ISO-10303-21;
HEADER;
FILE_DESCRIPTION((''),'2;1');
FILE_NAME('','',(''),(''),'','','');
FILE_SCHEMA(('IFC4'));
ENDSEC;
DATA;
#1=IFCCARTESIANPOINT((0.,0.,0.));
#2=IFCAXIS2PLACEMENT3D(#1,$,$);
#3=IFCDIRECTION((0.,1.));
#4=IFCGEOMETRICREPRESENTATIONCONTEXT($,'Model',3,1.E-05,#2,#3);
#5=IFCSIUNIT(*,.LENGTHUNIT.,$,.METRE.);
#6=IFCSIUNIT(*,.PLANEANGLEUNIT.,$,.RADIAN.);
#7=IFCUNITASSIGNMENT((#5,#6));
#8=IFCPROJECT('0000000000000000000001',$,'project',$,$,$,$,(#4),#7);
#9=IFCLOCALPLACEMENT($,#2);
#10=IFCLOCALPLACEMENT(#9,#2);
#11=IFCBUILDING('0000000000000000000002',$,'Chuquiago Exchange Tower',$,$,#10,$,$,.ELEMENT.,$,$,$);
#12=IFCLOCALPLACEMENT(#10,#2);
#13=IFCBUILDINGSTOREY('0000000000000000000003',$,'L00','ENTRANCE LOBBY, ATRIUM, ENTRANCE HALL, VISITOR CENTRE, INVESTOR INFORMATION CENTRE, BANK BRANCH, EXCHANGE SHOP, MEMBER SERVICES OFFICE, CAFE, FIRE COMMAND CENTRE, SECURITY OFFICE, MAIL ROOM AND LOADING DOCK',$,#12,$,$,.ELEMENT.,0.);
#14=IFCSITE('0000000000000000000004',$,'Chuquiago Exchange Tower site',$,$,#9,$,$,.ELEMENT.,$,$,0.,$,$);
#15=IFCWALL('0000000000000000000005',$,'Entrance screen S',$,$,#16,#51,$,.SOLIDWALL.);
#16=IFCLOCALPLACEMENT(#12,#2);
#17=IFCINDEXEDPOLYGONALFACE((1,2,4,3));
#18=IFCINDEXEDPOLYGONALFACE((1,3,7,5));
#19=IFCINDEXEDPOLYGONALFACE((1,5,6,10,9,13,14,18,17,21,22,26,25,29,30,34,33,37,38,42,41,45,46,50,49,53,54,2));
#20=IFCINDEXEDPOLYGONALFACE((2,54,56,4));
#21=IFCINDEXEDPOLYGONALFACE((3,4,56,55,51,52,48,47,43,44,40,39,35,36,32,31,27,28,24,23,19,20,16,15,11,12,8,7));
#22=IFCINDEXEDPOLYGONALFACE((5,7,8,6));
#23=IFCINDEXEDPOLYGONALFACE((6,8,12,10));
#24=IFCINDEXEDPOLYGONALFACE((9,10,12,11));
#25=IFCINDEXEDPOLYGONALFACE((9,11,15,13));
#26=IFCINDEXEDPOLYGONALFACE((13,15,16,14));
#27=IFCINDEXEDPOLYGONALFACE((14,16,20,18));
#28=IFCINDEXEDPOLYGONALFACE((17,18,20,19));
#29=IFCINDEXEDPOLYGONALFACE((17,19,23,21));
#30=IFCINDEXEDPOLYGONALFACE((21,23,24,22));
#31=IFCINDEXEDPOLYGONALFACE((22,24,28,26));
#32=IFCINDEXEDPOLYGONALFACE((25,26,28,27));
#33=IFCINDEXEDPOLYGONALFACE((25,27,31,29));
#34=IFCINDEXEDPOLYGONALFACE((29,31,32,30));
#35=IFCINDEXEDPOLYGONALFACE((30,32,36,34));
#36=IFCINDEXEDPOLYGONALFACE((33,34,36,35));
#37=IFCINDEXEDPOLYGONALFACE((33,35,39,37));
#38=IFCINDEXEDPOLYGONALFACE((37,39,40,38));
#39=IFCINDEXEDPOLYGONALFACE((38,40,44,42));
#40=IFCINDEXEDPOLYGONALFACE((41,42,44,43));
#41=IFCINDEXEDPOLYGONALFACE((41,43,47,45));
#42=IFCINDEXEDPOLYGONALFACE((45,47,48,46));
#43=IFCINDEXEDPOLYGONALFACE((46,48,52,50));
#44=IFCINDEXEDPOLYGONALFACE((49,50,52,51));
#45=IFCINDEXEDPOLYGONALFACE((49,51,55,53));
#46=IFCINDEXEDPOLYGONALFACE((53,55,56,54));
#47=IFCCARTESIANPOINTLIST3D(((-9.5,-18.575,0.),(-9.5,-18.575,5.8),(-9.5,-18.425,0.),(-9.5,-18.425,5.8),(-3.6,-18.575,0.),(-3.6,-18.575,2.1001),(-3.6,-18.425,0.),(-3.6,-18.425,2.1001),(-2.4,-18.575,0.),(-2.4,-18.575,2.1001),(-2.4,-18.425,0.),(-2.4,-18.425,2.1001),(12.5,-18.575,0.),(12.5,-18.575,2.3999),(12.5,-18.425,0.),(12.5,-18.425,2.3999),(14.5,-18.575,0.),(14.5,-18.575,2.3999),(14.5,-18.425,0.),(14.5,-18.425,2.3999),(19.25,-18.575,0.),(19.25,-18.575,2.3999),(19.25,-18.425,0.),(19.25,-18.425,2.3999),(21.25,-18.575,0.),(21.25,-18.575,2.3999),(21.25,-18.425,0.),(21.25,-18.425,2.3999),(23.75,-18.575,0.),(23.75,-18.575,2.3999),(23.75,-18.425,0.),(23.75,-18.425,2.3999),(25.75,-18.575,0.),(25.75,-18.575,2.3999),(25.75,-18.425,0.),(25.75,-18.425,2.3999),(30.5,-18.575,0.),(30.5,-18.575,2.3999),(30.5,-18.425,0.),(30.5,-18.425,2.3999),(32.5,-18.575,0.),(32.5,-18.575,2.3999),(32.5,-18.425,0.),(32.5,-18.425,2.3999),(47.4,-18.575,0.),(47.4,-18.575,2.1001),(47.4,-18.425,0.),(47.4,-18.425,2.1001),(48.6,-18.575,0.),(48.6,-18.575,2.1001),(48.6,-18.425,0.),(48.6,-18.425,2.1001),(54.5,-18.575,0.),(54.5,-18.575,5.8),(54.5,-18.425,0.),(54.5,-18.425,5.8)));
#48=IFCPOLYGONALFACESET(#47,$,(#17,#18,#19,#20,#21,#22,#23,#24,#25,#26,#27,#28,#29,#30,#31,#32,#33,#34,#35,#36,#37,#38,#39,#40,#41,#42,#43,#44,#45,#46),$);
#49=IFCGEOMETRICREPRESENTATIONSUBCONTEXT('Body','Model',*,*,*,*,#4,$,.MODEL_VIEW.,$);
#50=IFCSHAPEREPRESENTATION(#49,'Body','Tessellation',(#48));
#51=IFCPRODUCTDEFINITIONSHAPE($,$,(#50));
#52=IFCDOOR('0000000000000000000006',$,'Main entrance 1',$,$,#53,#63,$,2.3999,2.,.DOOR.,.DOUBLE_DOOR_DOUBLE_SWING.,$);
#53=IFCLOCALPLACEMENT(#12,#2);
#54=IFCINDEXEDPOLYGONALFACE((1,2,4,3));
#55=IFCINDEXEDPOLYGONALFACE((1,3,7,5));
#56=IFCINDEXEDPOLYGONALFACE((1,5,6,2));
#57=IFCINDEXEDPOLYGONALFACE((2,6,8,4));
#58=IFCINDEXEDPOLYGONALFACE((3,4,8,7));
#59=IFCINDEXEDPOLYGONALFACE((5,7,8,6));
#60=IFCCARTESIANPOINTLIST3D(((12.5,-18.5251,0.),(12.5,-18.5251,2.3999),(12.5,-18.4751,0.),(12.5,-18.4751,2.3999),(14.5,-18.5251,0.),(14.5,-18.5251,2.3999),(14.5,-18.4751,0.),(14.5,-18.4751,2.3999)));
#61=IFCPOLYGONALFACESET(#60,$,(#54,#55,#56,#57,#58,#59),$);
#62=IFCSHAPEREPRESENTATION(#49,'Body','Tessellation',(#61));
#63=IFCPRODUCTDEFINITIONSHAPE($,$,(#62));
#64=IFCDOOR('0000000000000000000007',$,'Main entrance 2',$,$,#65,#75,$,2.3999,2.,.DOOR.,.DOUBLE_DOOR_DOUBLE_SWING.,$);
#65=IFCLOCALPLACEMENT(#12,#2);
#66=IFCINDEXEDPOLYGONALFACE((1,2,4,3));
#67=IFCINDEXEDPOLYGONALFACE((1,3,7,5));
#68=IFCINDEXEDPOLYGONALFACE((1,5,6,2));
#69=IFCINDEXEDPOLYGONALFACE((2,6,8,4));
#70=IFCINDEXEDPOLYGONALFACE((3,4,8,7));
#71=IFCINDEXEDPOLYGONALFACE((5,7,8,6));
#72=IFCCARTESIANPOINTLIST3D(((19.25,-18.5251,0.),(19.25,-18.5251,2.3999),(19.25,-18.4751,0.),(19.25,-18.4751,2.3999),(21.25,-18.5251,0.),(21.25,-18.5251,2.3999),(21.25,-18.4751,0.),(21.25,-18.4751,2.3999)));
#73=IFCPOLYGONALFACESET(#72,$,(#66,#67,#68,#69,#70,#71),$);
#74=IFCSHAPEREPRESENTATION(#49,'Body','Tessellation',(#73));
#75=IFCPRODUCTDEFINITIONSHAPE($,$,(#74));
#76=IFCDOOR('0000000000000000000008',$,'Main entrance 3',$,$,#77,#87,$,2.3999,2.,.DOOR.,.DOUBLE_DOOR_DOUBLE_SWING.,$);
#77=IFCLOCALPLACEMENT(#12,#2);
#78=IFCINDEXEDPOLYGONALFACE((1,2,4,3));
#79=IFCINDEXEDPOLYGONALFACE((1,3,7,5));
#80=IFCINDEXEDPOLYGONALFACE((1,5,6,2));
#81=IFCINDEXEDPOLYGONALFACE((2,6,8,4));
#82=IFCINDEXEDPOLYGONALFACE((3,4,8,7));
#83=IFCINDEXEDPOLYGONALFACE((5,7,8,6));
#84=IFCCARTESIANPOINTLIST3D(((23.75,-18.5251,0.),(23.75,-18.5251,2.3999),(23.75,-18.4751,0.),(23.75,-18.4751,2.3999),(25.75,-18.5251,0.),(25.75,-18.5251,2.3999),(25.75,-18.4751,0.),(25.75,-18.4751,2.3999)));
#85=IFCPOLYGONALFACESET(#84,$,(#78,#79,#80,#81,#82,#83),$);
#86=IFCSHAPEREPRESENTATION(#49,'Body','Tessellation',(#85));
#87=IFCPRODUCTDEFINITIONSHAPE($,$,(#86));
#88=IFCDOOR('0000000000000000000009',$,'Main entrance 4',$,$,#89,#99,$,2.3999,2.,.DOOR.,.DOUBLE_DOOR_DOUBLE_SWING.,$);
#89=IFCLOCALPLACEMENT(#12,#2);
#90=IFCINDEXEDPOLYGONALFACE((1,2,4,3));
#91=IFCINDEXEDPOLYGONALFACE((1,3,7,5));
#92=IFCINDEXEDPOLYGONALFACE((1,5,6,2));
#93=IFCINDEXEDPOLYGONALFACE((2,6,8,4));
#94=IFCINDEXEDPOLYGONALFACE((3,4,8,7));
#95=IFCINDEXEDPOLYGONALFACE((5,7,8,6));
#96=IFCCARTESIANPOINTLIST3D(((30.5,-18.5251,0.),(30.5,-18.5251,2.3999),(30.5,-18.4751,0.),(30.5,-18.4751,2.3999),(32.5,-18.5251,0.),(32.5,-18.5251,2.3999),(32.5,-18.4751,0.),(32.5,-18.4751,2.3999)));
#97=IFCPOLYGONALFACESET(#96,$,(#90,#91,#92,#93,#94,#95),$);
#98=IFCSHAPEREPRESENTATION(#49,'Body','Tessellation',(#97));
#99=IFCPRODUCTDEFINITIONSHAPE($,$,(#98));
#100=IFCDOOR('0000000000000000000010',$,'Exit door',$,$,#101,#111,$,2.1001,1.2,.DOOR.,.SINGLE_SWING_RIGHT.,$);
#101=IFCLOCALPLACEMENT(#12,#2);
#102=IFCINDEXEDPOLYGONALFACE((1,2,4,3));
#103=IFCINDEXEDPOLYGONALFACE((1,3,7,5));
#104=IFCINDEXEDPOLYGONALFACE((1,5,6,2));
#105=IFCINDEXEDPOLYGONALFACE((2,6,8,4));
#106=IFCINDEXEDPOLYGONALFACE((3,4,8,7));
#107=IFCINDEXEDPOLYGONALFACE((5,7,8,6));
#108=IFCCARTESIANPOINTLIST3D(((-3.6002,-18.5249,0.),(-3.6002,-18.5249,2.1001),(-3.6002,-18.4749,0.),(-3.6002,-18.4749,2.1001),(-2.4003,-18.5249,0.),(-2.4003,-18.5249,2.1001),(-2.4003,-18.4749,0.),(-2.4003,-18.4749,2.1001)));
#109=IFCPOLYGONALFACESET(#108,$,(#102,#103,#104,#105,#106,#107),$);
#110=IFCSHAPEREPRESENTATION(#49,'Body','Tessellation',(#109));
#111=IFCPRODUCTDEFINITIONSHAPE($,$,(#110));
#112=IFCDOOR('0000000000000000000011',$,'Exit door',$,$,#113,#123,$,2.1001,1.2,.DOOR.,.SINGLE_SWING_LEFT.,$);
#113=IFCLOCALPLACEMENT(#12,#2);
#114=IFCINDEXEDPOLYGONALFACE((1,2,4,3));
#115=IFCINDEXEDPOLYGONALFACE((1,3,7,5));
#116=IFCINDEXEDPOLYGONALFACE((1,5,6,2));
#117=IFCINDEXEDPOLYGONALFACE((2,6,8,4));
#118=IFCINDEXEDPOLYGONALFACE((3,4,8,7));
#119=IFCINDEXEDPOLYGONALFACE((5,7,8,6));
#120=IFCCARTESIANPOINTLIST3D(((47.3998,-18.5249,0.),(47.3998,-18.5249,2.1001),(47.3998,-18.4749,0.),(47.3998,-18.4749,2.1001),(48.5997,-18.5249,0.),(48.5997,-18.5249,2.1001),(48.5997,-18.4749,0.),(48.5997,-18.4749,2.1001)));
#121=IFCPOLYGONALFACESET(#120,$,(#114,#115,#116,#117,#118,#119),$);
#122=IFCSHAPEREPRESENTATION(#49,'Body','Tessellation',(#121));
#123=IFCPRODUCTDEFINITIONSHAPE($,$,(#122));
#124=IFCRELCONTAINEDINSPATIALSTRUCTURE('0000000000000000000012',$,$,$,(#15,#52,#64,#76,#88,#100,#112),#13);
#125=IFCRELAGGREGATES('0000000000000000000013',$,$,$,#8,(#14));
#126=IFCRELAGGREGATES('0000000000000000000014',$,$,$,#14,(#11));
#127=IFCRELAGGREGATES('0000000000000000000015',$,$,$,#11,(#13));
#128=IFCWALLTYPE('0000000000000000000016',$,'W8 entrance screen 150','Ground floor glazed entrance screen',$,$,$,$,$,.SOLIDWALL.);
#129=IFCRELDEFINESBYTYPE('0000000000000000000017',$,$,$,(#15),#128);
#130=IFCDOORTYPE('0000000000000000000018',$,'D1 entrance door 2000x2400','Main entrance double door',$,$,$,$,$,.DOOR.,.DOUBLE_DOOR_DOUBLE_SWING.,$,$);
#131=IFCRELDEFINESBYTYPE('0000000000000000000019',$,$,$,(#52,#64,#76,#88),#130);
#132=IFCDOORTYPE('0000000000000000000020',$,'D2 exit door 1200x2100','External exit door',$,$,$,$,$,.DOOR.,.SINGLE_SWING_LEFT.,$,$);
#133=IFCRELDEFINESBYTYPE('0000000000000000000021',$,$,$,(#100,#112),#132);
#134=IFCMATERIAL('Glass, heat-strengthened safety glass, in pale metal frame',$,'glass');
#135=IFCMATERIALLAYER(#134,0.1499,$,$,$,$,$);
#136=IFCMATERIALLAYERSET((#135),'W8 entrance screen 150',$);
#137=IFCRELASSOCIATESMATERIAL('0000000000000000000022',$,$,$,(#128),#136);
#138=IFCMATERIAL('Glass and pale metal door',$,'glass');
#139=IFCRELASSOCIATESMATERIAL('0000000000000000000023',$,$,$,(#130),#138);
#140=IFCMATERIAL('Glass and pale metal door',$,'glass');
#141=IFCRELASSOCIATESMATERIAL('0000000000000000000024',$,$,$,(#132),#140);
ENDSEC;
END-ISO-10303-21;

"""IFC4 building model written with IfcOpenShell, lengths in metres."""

from ifc_helpers import new_model, si_unit, direction, frame, frame_2d, origin, place, context, subcontext, project, spatial, rectangle, extrude, material, layer, layer_set, type_object, element, fill, save


model = new_model("IFC4")

# Units and contexts
model_context = context("Model", 3, precision=1e-05, world=origin(), true_north=direction((0.0, 1.0)))
body_context = subcontext(model_context, "Body", "Model", "MODEL_VIEW")
ifc_project = project(units=[si_unit("LENGTHUNIT", "METRE"), si_unit("PLANEANGLEUNIT", "RADIAN")], contexts=[model_context])

# Site, building, storey
site_placement = place(None, origin())
site = spatial("IfcSite", under=ifc_project, at=site_placement, Name="Chuquiago Exchange Tower site", CompositionType="ELEMENT", RefElevation=0.0)
building_placement = place(site_placement, origin())
building = spatial("IfcBuilding", under=site, at=building_placement, Name="Chuquiago Exchange Tower", CompositionType="ELEMENT")
storey_placement = place(building_placement, origin())
storey = spatial("IfcBuildingStorey", under=building, at=storey_placement, Name="L00", Description="ENTRANCE LOBBY, ATRIUM, ENTRANCE HALL, VISITOR CENTRE, INVESTOR INFORMATION CENTRE, BANK BRANCH, EXCHANGE SHOP, MEMBER SERVICES OFFICE, CAFE, FIRE COMMAND CENTRE, SECURITY OFFICE, MAIL ROOM AND LOADING DOCK", CompositionType="ELEMENT", Elevation=0.0)

# Wall, openings, doors
ifc_material_1 = material(Name="Glass, heat-strengthened safety glass, in pale metal frame", Category="glass")
ifc_layer_1 = layer(ifc_material_1, 0.1499)
ifc_layer_set_1 = layer_set([ifc_layer_1], Name="W8 entrance screen 150")
wall_type_1 = type_object("IfcWallType", Name="W8 entrance screen 150", Description="Ground floor glazed entrance screen", PredefinedType="SOLIDWALL", material=ifc_layer_set_1)
wall_1_placement = place(storey_placement, frame((-9.5, -18.5, 0.0), z_axis=(0.0, 0.0, 1.0), x_axis=(1.0, 0.0, 0.0)))
wall_1 = element("IfcWall", 1, at=wall_1_placement, inside=storey, type_object=wall_type_1, Name="Entrance screen S", PredefinedType="SOLIDWALL", context=body_context, shape_type="SweptSolid", body=[
    extrude(rectangle(XDim=64.0, YDim=0.1499, at=frame_2d((32.0, 0.0))), origin(), (0.0, 0.0, 1.0), 5.8),
])
opening_1_placement = place(wall_1_placement, frame((22.0, 0.0, 0.0)))
opening_1 = element("IfcOpeningElement", 2, at=opening_1_placement, cuts=wall_1, PredefinedType="OPENING", context=body_context, shape_type="SweptSolid", body=[
    extrude(rectangle(XDim=2.0, YDim=2.3999, at=frame_2d((1.0, 1.2))), frame((0.0, 0.085, 0.0), z_axis=(0.0, -1.0, 0.0), x_axis=(1.0, 0.0, 0.0)), (0.0, 0.0, 1.0), 0.1699),
])
opening_2_placement = place(wall_1_placement, frame((28.75, 0.0, 0.0)))
opening_2 = element("IfcOpeningElement", 3, at=opening_2_placement, cuts=wall_1, PredefinedType="OPENING", context=body_context, shape_type="SweptSolid", body=[
    extrude(rectangle(XDim=2.0, YDim=2.3999, at=frame_2d((1.0, 1.2))), frame((0.0, 0.085, 0.0), z_axis=(0.0, -1.0, 0.0), x_axis=(1.0, 0.0, 0.0)), (0.0, 0.0, 1.0), 0.1699),
])
opening_3_placement = place(wall_1_placement, frame((33.25, 0.0, 0.0)))
opening_3 = element("IfcOpeningElement", 4, at=opening_3_placement, cuts=wall_1, PredefinedType="OPENING", context=body_context, shape_type="SweptSolid", body=[
    extrude(rectangle(XDim=2.0, YDim=2.3999, at=frame_2d((1.0, 1.2))), frame((0.0, 0.085, 0.0), z_axis=(0.0, -1.0, 0.0), x_axis=(1.0, 0.0, 0.0)), (0.0, 0.0, 1.0), 0.1699),
])
opening_4_placement = place(wall_1_placement, frame((40.0, 0.0, 0.0)))
opening_4 = element("IfcOpeningElement", 5, at=opening_4_placement, cuts=wall_1, PredefinedType="OPENING", context=body_context, shape_type="SweptSolid", body=[
    extrude(rectangle(XDim=2.0, YDim=2.3999, at=frame_2d((1.0, 1.2))), frame((0.0, 0.085, 0.0), z_axis=(0.0, -1.0, 0.0), x_axis=(1.0, 0.0, 0.0)), (0.0, 0.0, 1.0), 0.1699),
])
opening_5_placement = place(wall_1_placement, frame((5.8999, 0.0, 0.0)))
opening_5 = element("IfcOpeningElement", 6, at=opening_5_placement, cuts=wall_1, PredefinedType="OPENING", context=body_context, shape_type="SweptSolid", body=[
    extrude(rectangle(XDim=1.2, YDim=2.1001, at=frame_2d((0.6001, 1.05))), frame((0.0, 0.085, 0.0), z_axis=(0.0, -1.0, 0.0), x_axis=(1.0, 0.0, 0.0)), (0.0, 0.0, 1.0), 0.1699),
])
opening_6_placement = place(wall_1_placement, frame((56.8999, 0.0, 0.0)))
opening_6 = element("IfcOpeningElement", 7, at=opening_6_placement, cuts=wall_1, PredefinedType="OPENING", context=body_context, shape_type="SweptSolid", body=[
    extrude(rectangle(XDim=1.2, YDim=2.1001, at=frame_2d((0.6001, 1.05))), frame((0.0, 0.085, 0.0), z_axis=(0.0, -1.0, 0.0), x_axis=(1.0, 0.0, 0.0)), (0.0, 0.0, 1.0), 0.1699),
])
ifc_material_2 = material(Name="Glass and pale metal door", Category="glass")
door_type_1 = type_object("IfcDoorType", Name="D1 entrance door 2000x2400", Description="Main entrance double door", OperationType="DOUBLE_DOOR_DOUBLE_SWING", PredefinedType="DOOR", material=ifc_material_2)
door_1_placement = place(opening_1_placement, origin())
door_1 = element("IfcDoor", 8, at=door_1_placement, inside=storey, type_object=door_type_1, Name="Main entrance 1", OperationType="DOUBLE_DOOR_DOUBLE_SWING", OverallHeight=2.3999, OverallWidth=2.0, PredefinedType="DOOR", context=body_context, shape_type="SweptSolid", body=[
    extrude(rectangle(XDim=2.0, YDim=2.3999, at=frame_2d((1.0, 1.2))), frame((0.0, 0.0249, 0.0), z_axis=(0.0, -1.0, 0.0), x_axis=(1.0, 0.0, 0.0)), (0.0, 0.0, 1.0), 0.05),
])
fill(opening_1, door_1)
door_2_placement = place(opening_2_placement, origin())
door_2 = element("IfcDoor", 9, at=door_2_placement, inside=storey, type_object=door_type_1, Name="Main entrance 2", OperationType="DOUBLE_DOOR_DOUBLE_SWING", OverallHeight=2.3999, OverallWidth=2.0, PredefinedType="DOOR", context=body_context, shape_type="SweptSolid", body=[
    extrude(rectangle(XDim=2.0, YDim=2.3999, at=frame_2d((1.0, 1.2))), frame((0.0, 0.0249, 0.0), z_axis=(0.0, -1.0, 0.0), x_axis=(1.0, 0.0, 0.0)), (0.0, 0.0, 1.0), 0.05),
])
fill(opening_2, door_2)
door_3_placement = place(opening_3_placement, origin())
door_3 = element("IfcDoor", 10, at=door_3_placement, inside=storey, type_object=door_type_1, Name="Main entrance 3", OperationType="DOUBLE_DOOR_DOUBLE_SWING", OverallHeight=2.3999, OverallWidth=2.0, PredefinedType="DOOR", context=body_context, shape_type="SweptSolid", body=[
    extrude(rectangle(XDim=2.0, YDim=2.3999, at=frame_2d((1.0, 1.2))), frame((0.0, 0.0249, 0.0), z_axis=(0.0, -1.0, 0.0), x_axis=(1.0, 0.0, 0.0)), (0.0, 0.0, 1.0), 0.05),
])
fill(opening_3, door_3)
door_4_placement = place(opening_4_placement, origin())
door_4 = element("IfcDoor", 11, at=door_4_placement, inside=storey, type_object=door_type_1, Name="Main entrance 4", OperationType="DOUBLE_DOOR_DOUBLE_SWING", OverallHeight=2.3999, OverallWidth=2.0, PredefinedType="DOOR", context=body_context, shape_type="SweptSolid", body=[
    extrude(rectangle(XDim=2.0, YDim=2.3999, at=frame_2d((1.0, 1.2))), frame((0.0, 0.0249, 0.0), z_axis=(0.0, -1.0, 0.0), x_axis=(1.0, 0.0, 0.0)), (0.0, 0.0, 1.0), 0.05),
])
fill(opening_4, door_4)
ifc_material_3 = material(Name="Glass and pale metal door", Category="glass")
door_type_2 = type_object("IfcDoorType", Name="D2 exit door 1200x2100", Description="External exit door", OperationType="SINGLE_SWING_LEFT", PredefinedType="DOOR", material=ifc_material_3)
door_5_placement = place(opening_5_placement, frame((1.2, 0.0, 0.0), z_axis=(0.0, 0.0, 1.0), x_axis=(-1.0, 0.0, 0.0)))
door_5 = element("IfcDoor", 12, at=door_5_placement, inside=storey, type_object=door_type_2, Name="Exit door", OperationType="SINGLE_SWING_RIGHT", OverallHeight=2.1001, OverallWidth=1.2, PredefinedType="DOOR", context=body_context, shape_type="SweptSolid", body=[
    extrude(rectangle(XDim=1.2, YDim=2.1001, at=frame_2d((0.6001, 1.05))), frame((0.0, 0.0249, 0.0), z_axis=(0.0, -1.0, 0.0), x_axis=(1.0, 0.0, 0.0)), (0.0, 0.0, 1.0), 0.05),
])
fill(opening_5, door_5)
door_6_placement = place(opening_6_placement, frame((1.2, 0.0, 0.0), z_axis=(0.0, 0.0, 1.0), x_axis=(-1.0, 0.0, 0.0)))
door_6 = element("IfcDoor", 13, at=door_6_placement, inside=storey, type_object=door_type_2, Name="Exit door", OperationType="SINGLE_SWING_LEFT", OverallHeight=2.1001, OverallWidth=1.2, PredefinedType="DOOR", context=body_context, shape_type="SweptSolid", body=[
    extrude(rectangle(XDim=1.2, YDim=2.1001, at=frame_2d((0.6001, 1.05))), frame((0.0, 0.0249, 0.0), z_axis=(0.0, -1.0, 0.0), x_axis=(1.0, 0.0, 0.0)), (0.0, 0.0, 1.0), 0.05),
])
fill(opening_6, door_6)

save(model, "model.ifc")
